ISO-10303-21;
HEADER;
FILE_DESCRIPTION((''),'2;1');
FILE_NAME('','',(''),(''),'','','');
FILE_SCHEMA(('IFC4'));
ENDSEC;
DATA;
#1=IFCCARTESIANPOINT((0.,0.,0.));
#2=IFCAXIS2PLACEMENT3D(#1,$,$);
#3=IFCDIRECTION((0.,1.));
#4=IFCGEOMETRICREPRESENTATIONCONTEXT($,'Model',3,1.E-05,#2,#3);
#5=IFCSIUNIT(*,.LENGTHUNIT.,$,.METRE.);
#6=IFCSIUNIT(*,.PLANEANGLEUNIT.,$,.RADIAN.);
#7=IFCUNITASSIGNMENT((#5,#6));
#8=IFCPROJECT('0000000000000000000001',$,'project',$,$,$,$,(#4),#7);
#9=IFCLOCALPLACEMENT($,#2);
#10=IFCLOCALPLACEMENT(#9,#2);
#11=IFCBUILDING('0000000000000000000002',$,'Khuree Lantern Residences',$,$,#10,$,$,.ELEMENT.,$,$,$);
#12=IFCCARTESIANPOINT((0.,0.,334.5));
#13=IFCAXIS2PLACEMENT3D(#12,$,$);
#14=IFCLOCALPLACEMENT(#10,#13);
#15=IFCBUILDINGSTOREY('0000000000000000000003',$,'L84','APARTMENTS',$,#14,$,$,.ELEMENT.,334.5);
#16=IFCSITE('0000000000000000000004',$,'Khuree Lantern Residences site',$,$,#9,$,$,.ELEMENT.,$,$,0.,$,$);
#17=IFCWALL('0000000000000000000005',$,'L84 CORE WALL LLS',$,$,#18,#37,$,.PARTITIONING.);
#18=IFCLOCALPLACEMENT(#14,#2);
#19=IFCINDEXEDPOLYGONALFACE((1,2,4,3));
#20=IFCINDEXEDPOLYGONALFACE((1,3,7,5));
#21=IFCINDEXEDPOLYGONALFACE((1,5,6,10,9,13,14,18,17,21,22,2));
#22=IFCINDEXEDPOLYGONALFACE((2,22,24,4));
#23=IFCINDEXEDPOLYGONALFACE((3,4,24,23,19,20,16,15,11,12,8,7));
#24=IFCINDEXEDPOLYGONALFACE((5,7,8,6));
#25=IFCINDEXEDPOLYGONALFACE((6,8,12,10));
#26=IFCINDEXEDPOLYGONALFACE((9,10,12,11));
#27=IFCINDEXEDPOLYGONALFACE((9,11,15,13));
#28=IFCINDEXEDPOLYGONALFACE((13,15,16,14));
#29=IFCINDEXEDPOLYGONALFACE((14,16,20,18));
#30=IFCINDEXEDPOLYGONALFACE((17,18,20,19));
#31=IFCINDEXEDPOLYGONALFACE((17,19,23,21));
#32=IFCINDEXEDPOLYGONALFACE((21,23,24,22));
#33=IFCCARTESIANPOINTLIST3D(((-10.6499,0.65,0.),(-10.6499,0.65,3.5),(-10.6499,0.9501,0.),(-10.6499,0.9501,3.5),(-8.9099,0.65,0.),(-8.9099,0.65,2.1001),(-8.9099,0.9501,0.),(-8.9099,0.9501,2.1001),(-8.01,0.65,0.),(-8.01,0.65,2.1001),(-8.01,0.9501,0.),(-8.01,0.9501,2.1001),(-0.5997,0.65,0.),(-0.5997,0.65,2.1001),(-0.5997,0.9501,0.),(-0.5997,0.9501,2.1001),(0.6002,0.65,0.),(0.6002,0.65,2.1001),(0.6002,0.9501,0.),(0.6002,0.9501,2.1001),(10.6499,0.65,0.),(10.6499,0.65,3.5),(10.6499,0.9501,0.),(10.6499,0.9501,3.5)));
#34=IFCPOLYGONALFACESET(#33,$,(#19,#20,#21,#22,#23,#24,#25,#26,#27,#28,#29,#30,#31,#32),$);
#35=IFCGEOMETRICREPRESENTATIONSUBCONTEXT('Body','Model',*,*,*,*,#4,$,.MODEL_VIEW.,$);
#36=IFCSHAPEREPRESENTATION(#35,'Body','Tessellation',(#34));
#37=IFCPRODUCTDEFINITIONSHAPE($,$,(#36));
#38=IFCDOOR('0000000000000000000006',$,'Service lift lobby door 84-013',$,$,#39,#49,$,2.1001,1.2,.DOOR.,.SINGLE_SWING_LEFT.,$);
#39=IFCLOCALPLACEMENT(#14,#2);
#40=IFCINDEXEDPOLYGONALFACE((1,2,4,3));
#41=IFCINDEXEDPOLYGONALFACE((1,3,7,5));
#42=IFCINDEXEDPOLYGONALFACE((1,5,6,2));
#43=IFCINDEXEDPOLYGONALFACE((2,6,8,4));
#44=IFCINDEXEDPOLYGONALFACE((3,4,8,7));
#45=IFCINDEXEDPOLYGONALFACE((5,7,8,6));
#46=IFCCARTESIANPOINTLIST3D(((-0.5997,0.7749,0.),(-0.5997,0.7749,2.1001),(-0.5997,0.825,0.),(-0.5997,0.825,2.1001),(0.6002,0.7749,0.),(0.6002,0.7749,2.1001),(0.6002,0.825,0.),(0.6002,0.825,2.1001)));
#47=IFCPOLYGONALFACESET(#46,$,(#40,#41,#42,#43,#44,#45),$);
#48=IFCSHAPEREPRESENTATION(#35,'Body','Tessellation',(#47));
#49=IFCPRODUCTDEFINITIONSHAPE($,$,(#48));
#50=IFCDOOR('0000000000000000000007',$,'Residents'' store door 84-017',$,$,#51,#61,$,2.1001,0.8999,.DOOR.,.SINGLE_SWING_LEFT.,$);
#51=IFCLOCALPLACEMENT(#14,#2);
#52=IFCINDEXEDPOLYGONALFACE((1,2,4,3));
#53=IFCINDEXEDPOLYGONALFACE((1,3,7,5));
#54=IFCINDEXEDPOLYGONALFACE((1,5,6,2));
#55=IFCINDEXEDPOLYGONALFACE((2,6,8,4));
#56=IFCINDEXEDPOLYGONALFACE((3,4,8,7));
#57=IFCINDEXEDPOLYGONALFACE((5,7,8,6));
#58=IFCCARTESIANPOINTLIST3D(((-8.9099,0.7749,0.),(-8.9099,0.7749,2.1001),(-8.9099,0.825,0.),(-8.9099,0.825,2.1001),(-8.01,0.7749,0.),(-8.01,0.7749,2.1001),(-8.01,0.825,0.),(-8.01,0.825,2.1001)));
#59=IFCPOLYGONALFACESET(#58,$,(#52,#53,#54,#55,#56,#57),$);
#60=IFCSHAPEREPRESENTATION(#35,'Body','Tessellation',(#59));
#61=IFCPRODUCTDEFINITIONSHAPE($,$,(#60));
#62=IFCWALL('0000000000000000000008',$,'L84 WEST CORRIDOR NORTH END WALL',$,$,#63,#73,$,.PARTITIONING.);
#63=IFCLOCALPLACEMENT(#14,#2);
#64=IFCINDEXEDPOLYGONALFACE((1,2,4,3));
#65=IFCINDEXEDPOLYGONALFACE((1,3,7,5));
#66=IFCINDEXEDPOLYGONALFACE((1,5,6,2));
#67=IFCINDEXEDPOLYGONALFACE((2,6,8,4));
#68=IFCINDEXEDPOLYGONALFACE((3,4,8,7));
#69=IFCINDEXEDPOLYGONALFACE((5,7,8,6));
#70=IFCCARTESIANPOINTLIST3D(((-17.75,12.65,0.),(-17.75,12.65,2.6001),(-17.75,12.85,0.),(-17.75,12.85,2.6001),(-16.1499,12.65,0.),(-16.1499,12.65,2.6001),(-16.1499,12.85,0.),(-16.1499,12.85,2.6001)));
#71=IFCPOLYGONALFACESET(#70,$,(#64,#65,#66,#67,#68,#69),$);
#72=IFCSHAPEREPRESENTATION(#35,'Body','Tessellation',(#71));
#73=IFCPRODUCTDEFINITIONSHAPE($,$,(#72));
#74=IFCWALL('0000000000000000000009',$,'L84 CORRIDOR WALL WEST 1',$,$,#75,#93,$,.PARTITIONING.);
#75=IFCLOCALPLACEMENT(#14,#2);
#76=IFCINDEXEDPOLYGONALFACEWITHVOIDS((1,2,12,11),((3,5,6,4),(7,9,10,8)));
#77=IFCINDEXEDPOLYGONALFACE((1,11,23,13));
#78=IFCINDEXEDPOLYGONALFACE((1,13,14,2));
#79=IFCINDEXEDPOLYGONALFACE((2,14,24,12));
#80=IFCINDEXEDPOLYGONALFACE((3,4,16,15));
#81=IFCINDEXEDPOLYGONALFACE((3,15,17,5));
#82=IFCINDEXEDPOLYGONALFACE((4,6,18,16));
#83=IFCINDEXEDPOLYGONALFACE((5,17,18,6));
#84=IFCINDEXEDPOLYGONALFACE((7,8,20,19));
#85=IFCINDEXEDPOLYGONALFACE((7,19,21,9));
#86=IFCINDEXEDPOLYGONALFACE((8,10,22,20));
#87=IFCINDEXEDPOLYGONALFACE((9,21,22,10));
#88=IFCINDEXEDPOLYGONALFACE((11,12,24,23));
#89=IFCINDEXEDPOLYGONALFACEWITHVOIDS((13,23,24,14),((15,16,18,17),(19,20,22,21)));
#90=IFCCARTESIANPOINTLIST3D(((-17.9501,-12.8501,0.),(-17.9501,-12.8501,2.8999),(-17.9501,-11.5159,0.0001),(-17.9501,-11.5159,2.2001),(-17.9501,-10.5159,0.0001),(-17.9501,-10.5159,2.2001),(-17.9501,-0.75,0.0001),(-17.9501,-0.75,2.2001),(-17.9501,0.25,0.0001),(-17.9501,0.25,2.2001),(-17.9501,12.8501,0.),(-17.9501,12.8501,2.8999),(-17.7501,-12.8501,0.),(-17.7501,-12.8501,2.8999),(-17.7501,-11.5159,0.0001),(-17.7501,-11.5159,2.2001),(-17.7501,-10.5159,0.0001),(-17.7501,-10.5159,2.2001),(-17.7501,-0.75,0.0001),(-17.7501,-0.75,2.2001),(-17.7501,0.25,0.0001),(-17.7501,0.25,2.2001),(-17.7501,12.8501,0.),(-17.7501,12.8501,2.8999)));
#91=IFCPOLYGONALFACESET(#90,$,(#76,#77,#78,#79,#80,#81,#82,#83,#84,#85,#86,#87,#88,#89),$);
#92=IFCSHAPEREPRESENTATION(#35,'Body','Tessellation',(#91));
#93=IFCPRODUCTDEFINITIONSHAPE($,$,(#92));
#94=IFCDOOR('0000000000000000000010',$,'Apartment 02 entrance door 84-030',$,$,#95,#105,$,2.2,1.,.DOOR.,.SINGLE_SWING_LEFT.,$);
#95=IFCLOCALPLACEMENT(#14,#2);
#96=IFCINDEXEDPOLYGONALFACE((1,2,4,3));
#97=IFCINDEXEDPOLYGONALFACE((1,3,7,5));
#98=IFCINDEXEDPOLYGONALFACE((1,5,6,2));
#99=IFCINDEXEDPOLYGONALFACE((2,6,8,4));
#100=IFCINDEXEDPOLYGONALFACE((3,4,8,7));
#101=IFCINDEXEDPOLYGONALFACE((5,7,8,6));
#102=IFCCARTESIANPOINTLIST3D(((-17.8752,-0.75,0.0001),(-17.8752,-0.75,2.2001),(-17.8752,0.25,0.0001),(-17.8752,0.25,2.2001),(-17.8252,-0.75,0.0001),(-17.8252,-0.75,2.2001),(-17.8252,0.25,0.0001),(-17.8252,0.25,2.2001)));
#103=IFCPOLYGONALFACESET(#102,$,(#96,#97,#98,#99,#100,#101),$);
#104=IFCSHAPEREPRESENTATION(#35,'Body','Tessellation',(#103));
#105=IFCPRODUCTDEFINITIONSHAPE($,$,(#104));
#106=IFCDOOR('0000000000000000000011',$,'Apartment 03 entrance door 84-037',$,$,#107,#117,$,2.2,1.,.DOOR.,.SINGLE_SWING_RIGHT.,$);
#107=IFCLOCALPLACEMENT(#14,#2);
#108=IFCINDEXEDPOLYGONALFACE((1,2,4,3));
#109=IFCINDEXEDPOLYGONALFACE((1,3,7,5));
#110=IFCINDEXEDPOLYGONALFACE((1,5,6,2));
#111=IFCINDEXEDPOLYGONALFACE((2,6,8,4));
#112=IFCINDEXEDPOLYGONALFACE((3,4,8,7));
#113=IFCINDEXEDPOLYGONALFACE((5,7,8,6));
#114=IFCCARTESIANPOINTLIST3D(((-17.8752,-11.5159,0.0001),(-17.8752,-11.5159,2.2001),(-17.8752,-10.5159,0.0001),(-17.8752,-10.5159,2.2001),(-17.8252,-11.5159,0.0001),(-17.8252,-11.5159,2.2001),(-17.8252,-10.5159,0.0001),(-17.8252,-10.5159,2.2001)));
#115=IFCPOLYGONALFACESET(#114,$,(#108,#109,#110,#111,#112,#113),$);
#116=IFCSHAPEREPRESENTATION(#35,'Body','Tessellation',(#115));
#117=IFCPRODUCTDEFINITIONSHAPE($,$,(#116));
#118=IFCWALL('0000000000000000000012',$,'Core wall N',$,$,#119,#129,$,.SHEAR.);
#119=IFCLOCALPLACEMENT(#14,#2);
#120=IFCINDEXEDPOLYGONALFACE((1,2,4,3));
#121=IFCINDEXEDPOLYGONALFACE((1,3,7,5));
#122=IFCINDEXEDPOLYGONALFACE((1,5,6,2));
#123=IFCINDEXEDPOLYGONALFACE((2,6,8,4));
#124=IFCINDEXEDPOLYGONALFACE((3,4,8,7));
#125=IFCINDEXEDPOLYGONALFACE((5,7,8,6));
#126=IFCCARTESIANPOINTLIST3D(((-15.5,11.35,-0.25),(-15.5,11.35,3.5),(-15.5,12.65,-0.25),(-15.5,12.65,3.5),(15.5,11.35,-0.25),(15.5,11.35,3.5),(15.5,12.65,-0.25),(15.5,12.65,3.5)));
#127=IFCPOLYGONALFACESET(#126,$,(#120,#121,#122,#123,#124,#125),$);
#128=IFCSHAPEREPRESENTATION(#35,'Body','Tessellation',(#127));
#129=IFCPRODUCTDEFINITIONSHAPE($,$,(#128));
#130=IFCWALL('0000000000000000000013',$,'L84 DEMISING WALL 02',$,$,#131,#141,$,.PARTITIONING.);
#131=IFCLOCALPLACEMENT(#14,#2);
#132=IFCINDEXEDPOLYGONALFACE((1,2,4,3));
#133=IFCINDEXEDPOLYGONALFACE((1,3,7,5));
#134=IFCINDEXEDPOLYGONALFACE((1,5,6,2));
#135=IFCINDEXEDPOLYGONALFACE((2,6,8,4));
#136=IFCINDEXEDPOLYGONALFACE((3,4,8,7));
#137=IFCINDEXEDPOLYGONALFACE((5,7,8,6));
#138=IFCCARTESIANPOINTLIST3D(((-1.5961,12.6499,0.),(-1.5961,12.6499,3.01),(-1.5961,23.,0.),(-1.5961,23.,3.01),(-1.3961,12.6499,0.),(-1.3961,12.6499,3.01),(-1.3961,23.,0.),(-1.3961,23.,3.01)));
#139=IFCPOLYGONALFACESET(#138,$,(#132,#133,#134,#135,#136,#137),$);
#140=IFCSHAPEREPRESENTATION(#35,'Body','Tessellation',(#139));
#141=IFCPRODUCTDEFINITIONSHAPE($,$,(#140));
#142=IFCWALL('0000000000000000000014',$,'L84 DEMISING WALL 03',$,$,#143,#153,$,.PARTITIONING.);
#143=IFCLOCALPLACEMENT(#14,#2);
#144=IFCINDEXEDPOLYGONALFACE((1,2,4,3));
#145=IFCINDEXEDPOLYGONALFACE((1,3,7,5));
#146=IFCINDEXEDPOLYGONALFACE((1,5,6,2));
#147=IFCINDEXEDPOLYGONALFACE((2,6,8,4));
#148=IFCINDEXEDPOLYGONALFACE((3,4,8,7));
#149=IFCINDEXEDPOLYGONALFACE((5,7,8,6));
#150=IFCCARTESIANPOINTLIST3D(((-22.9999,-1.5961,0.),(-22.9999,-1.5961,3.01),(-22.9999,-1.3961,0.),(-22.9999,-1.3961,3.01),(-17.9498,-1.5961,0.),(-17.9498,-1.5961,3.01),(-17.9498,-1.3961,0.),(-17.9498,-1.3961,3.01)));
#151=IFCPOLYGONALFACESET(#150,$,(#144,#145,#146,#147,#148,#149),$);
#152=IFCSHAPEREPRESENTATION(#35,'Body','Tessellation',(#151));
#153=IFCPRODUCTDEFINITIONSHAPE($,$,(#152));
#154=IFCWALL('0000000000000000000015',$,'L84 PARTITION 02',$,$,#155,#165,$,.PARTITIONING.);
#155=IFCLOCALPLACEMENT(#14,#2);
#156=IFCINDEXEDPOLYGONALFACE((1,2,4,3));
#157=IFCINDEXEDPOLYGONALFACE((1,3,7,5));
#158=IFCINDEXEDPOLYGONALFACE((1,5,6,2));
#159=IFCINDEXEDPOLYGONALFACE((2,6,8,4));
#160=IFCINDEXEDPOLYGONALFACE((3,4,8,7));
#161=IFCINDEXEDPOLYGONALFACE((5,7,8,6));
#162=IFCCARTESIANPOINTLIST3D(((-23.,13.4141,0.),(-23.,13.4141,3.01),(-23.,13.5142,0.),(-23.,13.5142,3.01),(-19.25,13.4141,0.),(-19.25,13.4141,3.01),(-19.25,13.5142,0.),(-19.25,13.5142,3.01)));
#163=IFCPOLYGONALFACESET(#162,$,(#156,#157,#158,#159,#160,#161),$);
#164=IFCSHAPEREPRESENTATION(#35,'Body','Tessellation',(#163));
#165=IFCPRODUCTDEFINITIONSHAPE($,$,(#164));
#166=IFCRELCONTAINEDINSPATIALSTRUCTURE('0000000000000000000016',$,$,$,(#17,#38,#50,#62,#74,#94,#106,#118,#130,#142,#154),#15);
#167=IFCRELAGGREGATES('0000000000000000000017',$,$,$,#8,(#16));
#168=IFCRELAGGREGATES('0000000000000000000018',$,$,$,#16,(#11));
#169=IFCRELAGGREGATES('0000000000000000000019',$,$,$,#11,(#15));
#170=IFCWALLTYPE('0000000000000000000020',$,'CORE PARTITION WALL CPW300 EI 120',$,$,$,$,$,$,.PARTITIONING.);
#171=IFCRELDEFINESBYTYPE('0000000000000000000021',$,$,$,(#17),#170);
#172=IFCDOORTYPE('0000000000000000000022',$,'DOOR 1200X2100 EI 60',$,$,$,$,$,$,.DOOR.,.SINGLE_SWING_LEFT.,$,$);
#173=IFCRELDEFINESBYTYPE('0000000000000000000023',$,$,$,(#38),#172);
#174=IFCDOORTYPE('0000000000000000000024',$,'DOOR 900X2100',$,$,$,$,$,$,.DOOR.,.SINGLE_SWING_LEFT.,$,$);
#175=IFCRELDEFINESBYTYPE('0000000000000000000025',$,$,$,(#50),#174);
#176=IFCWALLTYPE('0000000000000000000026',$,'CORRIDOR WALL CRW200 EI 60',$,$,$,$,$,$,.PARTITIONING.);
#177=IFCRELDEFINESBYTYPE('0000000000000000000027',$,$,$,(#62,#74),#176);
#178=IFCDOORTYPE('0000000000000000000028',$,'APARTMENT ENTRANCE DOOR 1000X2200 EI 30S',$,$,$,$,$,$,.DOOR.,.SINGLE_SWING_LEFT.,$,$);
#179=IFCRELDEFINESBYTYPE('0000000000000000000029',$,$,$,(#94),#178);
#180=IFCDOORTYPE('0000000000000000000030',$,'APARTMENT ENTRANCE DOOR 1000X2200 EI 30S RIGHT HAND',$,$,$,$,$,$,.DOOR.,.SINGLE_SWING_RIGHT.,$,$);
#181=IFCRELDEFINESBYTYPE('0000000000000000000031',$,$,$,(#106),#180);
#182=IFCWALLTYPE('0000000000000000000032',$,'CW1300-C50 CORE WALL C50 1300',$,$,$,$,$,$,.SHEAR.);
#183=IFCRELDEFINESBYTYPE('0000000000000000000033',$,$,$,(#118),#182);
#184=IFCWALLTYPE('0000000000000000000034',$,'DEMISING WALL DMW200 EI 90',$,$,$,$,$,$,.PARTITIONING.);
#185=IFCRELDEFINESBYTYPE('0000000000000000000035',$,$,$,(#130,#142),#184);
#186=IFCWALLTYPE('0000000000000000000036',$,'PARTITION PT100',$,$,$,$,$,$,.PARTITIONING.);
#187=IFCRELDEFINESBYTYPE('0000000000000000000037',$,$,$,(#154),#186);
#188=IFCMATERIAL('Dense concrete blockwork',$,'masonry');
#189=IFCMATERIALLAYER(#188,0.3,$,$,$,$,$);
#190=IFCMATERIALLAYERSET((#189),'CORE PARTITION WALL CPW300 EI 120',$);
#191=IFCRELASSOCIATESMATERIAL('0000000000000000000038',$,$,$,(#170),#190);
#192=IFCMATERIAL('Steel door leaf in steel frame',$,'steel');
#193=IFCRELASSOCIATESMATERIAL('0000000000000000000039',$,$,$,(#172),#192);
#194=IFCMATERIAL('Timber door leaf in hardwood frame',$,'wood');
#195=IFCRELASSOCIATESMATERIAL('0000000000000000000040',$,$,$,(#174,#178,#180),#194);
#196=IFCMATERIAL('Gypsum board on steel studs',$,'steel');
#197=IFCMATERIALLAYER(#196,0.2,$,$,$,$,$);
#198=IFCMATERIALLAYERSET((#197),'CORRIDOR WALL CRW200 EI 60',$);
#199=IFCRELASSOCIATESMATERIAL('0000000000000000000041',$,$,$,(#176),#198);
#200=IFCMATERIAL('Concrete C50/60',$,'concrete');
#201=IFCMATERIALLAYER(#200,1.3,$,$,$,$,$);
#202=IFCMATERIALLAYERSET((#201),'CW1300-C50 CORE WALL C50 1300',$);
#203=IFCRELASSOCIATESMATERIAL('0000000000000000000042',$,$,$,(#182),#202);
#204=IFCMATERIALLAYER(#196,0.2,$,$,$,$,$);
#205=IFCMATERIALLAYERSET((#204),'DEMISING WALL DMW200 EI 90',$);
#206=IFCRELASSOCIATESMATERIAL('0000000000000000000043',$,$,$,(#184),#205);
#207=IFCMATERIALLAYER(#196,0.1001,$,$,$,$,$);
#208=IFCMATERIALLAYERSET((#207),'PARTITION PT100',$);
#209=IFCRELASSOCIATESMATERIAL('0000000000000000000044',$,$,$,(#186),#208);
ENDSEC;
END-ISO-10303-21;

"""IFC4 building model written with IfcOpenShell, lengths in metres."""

from ifc_helpers import new_model, si_unit, direction, frame, frame_2d, origin, place, context, subcontext, project, spatial, rectangle, extrude, material, layer, layer_set, type_object, element, fill, save


model = new_model("IFC4")

# Units and contexts
model_context = context("Model", 3, precision=1e-05, world=origin(), true_north=direction((0.0, 1.0)))
body_context = subcontext(model_context, "Body", "Model", "MODEL_VIEW")
ifc_project = project(units=[si_unit("LENGTHUNIT", "METRE"), si_unit("PLANEANGLEUNIT", "RADIAN")], contexts=[model_context])

# Site, building, storey
site_placement = place(None, origin())
site = spatial("IfcSite", under=ifc_project, at=site_placement, Name="Khuree Lantern Residences site", CompositionType="ELEMENT", RefElevation=0.0)
building_placement = place(site_placement, origin())
building = spatial("IfcBuilding", under=site, at=building_placement, Name="Khuree Lantern Residences", CompositionType="ELEMENT")
storey_placement = place(building_placement, frame((0.0, 0.0, 334.5)))
storey = spatial("IfcBuildingStorey", under=building, at=storey_placement, Name="L84", Description="APARTMENTS", CompositionType="ELEMENT", Elevation=334.5)

# Shared definitions
ifc_material_1 = material(Name="Concrete C50/60", Category="concrete")

# Shared definitions
ifc_material_2 = material(Name="Dense concrete blockwork", Category="masonry")
ifc_layer_1 = layer(ifc_material_2, 0.3)
ifc_layer_set_1 = layer_set([ifc_layer_1], Name="CORE PARTITION WALL CPW300 EI 120")
wall_type_1 = type_object("IfcWallType", Name="CORE PARTITION WALL CPW300 EI 120", PredefinedType="PARTITIONING", material=ifc_layer_set_1)

# Wall, openings, doors
wall_1_placement = place(storey_placement, frame((-10.6499, 0.8, 0.0), z_axis=(0.0, 0.0, 1.0), x_axis=(1.0, 0.0, 0.0)))
wall_1 = element("IfcWall", 1, at=wall_1_placement, inside=storey, type_object=wall_type_1, Name="L84 CORE WALL LLS", PredefinedType="PARTITIONING", context=body_context, shape_type="SweptSolid", body=[
    extrude(rectangle(XDim=21.2998, YDim=0.3, at=frame_2d((10.6499, 0.0))), origin(), (0.0, 0.0, 1.0), 3.5),
])
opening_1_placement = place(wall_1_placement, frame((10.05, 0.0, 0.0)))
opening_1 = element("IfcOpeningElement", 2, at=opening_1_placement, cuts=wall_1, PredefinedType="OPENING", context=body_context, shape_type="SweptSolid", body=[
    extrude(rectangle(XDim=1.2, YDim=2.1001, at=frame_2d((0.6001, 1.05))), frame((0.0, 0.1602, 0.0), z_axis=(0.0, -1.0, 0.0), x_axis=(1.0, 0.0, 0.0)), (0.0, 0.0, 1.0), 0.3201),
])
opening_2_placement = place(wall_1_placement, frame((1.74, 0.0, 0.0)))
opening_2 = element("IfcOpeningElement", 3, at=opening_2_placement, cuts=wall_1, PredefinedType="OPENING", context=body_context, shape_type="SweptSolid", body=[
    extrude(rectangle(XDim=0.8999, YDim=2.1001, at=frame_2d((0.45, 1.05))), frame((0.0, 0.1602, 0.0), z_axis=(0.0, -1.0, 0.0), x_axis=(1.0, 0.0, 0.0)), (0.0, 0.0, 1.0), 0.3201),
])
ifc_material_3 = material(Name="Steel door leaf in steel frame", Category="steel")
door_type_1 = type_object("IfcDoorType", Name="DOOR 1200X2100 EI 60", OperationType="SINGLE_SWING_LEFT", PredefinedType="DOOR", material=ifc_material_3)
door_1_placement = place(opening_1_placement, origin())
door_1 = element("IfcDoor", 4, at=door_1_placement, inside=storey, type_object=door_type_1, Name="Service lift lobby door 84-013", OperationType="SINGLE_SWING_LEFT", OverallHeight=2.1001, OverallWidth=1.2, PredefinedType="DOOR", context=body_context, shape_type="SweptSolid", body=[
    extrude(rectangle(XDim=1.2, YDim=2.1001, at=frame_2d((0.6001, 1.05))), frame((0.0, 0.0249, 0.0), z_axis=(0.0, -1.0, 0.0), x_axis=(1.0, 0.0, 0.0)), (0.0, 0.0, 1.0), 0.05),
])
fill(opening_1, door_1)
ifc_material_4 = material(Name="Timber door leaf in hardwood frame", Category="wood")
door_type_2 = type_object("IfcDoorType", Name="DOOR 900X2100", OperationType="SINGLE_SWING_LEFT", PredefinedType="DOOR", material=ifc_material_4)
door_2_placement = place(opening_2_placement, origin())
door_2 = element("IfcDoor", 5, at=door_2_placement, inside=storey, type_object=door_type_2, Name="Residents' store door 84-017", OperationType="SINGLE_SWING_LEFT", OverallHeight=2.1001, OverallWidth=0.8999, PredefinedType="DOOR", context=body_context, shape_type="SweptSolid", body=[
    extrude(rectangle(XDim=0.8999, YDim=2.1001, at=frame_2d((0.45, 1.05))), frame((0.0, 0.0249, 0.0), z_axis=(0.0, -1.0, 0.0), x_axis=(1.0, 0.0, 0.0)), (0.0, 0.0, 1.0), 0.05),
])
fill(opening_2, door_2)

# Wall
ifc_material_5 = material(Name="Gypsum board on steel studs", Category="steel")
ifc_layer_2 = layer(ifc_material_5, 0.2)
ifc_layer_set_2 = layer_set([ifc_layer_2], Name="CORRIDOR WALL CRW200 EI 60")
wall_type_2 = type_object("IfcWallType", Name="CORRIDOR WALL CRW200 EI 60", PredefinedType="PARTITIONING", material=ifc_layer_set_2)
wall_2_placement = place(storey_placement, frame((-16.1499, 12.75, 0.0), z_axis=(0.0, 0.0, 1.0), x_axis=(-1.0, 0.0, 0.0)))
element("IfcWall", 6, at=wall_2_placement, inside=storey, type_object=wall_type_2, Name="L84 WEST CORRIDOR NORTH END WALL", PredefinedType="PARTITIONING", context=body_context, shape_type="SweptSolid", body=[
    extrude(rectangle(XDim=1.6001, YDim=0.2, at=frame_2d((0.8, 0.0))), origin(), (0.0, 0.0, 1.0), 2.6001),
])

# Wall, openings, doors
wall_3_placement = place(storey_placement, frame((-17.8501, 12.8501, 0.0), z_axis=(0.0, 0.0, 1.0), x_axis=(0.0, -1.0, 0.0)))
wall_3 = element("IfcWall", 7, at=wall_3_placement, inside=storey, type_object=wall_type_2, Name="L84 CORRIDOR WALL WEST 1", PredefinedType="PARTITIONING", context=body_context, shape_type="SweptSolid", body=[
    extrude(rectangle(XDim=25.7002, YDim=0.2, at=frame_2d((12.8501, 0.0))), origin(), (0.0, 0.0, 1.0), 2.8999),
])
opening_3_placement = place(wall_3_placement, frame((12.6001, 0.0, 0.0)))
opening_3 = element("IfcOpeningElement", 8, at=opening_3_placement, cuts=wall_3, PredefinedType="OPENING", context=body_context, shape_type="SweptSolid", body=[
    extrude(rectangle(XDim=1.0, YDim=2.2, at=frame_2d((0.5, 1.1001))), frame((0.0, 0.1099, 0.0), z_axis=(0.0, -1.0, 0.0), x_axis=(1.0, 0.0, 0.0)), (0.0, 0.0, 1.0), 0.22),
])
opening_4_placement = place(wall_3_placement, frame((23.366, 0.0, 0.0)))
opening_4 = element("IfcOpeningElement", 9, at=opening_4_placement, cuts=wall_3, PredefinedType="OPENING", context=body_context, shape_type="SweptSolid", body=[
    extrude(rectangle(XDim=1.0, YDim=2.2, at=frame_2d((0.5, 1.1001))), frame((0.0, 0.1099, 0.0), z_axis=(0.0, -1.0, 0.0), x_axis=(1.0, 0.0, 0.0)), (0.0, 0.0, 1.0), 0.22),
])
door_type_3 = type_object("IfcDoorType", Name="APARTMENT ENTRANCE DOOR 1000X2200 EI 30S", OperationType="SINGLE_SWING_LEFT", PredefinedType="DOOR", material=ifc_material_4)
door_3_placement = place(opening_3_placement, origin())
door_3 = element("IfcDoor", 10, at=door_3_placement, inside=storey, type_object=door_type_3, Name="Apartment 02 entrance door 84-030", OperationType="SINGLE_SWING_LEFT", OverallHeight=2.2, OverallWidth=1.0, PredefinedType="DOOR", context=body_context, shape_type="SweptSolid", body=[
    extrude(rectangle(XDim=1.0, YDim=2.2, at=frame_2d((0.5, 1.1001))), frame((0.0, 0.0249, 0.0), z_axis=(0.0, -1.0, 0.0), x_axis=(1.0, 0.0, 0.0)), (0.0, 0.0, 1.0), 0.05),
])
fill(opening_3, door_3)
door_type_4 = type_object("IfcDoorType", Name="APARTMENT ENTRANCE DOOR 1000X2200 EI 30S RIGHT HAND", OperationType="SINGLE_SWING_RIGHT", PredefinedType="DOOR", material=ifc_material_4)
door_4_placement = place(opening_4_placement, origin())
door_4 = element("IfcDoor", 11, at=door_4_placement, inside=storey, type_object=door_type_4, Name="Apartment 03 entrance door 84-037", OperationType="SINGLE_SWING_RIGHT", OverallHeight=2.2, OverallWidth=1.0, PredefinedType="DOOR", context=body_context, shape_type="SweptSolid", body=[
    extrude(rectangle(XDim=1.0, YDim=2.2, at=frame_2d((0.5, 1.1001))), frame((0.0, 0.0249, 0.0), z_axis=(0.0, -1.0, 0.0), x_axis=(1.0, 0.0, 0.0)), (0.0, 0.0, 1.0), 0.05),
])
fill(opening_4, door_4)

# Walls
ifc_layer_3 = layer(ifc_material_1, 1.3)
ifc_layer_set_3 = layer_set([ifc_layer_3], Name="CW1300-C50 CORE WALL C50 1300")
wall_type_3 = type_object("IfcWallType", Name="CW1300-C50 CORE WALL C50 1300", PredefinedType="SHEAR", material=ifc_layer_set_3)
wall_4_placement = place(storey_placement, frame((-15.5, 12.0, -0.25), z_axis=(0.0, 0.0, 1.0), x_axis=(1.0, 0.0, 0.0)))
element("IfcWall", 12, at=wall_4_placement, inside=storey, type_object=wall_type_3, Name="Core wall N", PredefinedType="SHEAR", context=body_context, shape_type="SweptSolid", body=[
    extrude(rectangle(XDim=31.0, YDim=1.3, at=frame_2d((15.5, 0.0))), origin(), (0.0, 0.0, 1.0), 3.75),
])
ifc_layer_4 = layer(ifc_material_5, 0.2)
ifc_layer_set_4 = layer_set([ifc_layer_4], Name="DEMISING WALL DMW200 EI 90")
wall_type_4 = type_object("IfcWallType", Name="DEMISING WALL DMW200 EI 90", PredefinedType="PARTITIONING", material=ifc_layer_set_4)
wall_5_placement = place(storey_placement, frame((-1.4961, 12.6499, 0.0), z_axis=(0.0, 0.0, 1.0), x_axis=(0.0, 1.0, 0.0)))
element("IfcWall", 13, at=wall_5_placement, inside=storey, type_object=wall_type_4, Name="L84 DEMISING WALL 02", PredefinedType="PARTITIONING", context=body_context, shape_type="SweptSolid", body=[
    extrude(rectangle(XDim=10.3501, YDim=0.2, at=frame_2d((5.175, 0.0))), origin(), (0.0, 0.0, 1.0), 3.01),
])
wall_6_placement = place(storey_placement, frame((-17.95, -1.4961, 0.0), z_axis=(0.0, 0.0, 1.0), x_axis=(-1.0, 0.0, 0.0)))
element("IfcWall", 14, at=wall_6_placement, inside=storey, type_object=wall_type_4, Name="L84 DEMISING WALL 03", PredefinedType="PARTITIONING", context=body_context, shape_type="SweptSolid", body=[
    extrude(rectangle(XDim=5.05, YDim=0.2, at=frame_2d((2.5249, 0.0))), origin(), (0.0, 0.0, 1.0), 3.01),
])
ifc_layer_5 = layer(ifc_material_5, 0.1001)
ifc_layer_set_5 = layer_set([ifc_layer_5], Name="PARTITION PT100")
wall_type_5 = type_object("IfcWallType", Name="PARTITION PT100", PredefinedType="PARTITIONING", material=ifc_layer_set_5)
for number, where, z_axis, x_axis, name in (
    (15, (-19.25, 13.4641, 0.0), (0.0, 0.0, 1.0), (-1.0, 0.0, 0.0), "L84 PARTITION 02"),
):
    element("IfcWall", number, at=place(storey_placement, frame(where, z_axis=z_axis, x_axis=x_axis)), inside=storey, type_object=wall_type_5, Name=name, PredefinedType="PARTITIONING", context=body_context, shape_type="SweptSolid", body=[
        extrude(rectangle(XDim=3.75, YDim=0.1001, at=frame_2d((1.875, 0.0))), origin(), (0.0, 0.0, 1.0), 3.01),
    ])

save(model, "model.ifc")
